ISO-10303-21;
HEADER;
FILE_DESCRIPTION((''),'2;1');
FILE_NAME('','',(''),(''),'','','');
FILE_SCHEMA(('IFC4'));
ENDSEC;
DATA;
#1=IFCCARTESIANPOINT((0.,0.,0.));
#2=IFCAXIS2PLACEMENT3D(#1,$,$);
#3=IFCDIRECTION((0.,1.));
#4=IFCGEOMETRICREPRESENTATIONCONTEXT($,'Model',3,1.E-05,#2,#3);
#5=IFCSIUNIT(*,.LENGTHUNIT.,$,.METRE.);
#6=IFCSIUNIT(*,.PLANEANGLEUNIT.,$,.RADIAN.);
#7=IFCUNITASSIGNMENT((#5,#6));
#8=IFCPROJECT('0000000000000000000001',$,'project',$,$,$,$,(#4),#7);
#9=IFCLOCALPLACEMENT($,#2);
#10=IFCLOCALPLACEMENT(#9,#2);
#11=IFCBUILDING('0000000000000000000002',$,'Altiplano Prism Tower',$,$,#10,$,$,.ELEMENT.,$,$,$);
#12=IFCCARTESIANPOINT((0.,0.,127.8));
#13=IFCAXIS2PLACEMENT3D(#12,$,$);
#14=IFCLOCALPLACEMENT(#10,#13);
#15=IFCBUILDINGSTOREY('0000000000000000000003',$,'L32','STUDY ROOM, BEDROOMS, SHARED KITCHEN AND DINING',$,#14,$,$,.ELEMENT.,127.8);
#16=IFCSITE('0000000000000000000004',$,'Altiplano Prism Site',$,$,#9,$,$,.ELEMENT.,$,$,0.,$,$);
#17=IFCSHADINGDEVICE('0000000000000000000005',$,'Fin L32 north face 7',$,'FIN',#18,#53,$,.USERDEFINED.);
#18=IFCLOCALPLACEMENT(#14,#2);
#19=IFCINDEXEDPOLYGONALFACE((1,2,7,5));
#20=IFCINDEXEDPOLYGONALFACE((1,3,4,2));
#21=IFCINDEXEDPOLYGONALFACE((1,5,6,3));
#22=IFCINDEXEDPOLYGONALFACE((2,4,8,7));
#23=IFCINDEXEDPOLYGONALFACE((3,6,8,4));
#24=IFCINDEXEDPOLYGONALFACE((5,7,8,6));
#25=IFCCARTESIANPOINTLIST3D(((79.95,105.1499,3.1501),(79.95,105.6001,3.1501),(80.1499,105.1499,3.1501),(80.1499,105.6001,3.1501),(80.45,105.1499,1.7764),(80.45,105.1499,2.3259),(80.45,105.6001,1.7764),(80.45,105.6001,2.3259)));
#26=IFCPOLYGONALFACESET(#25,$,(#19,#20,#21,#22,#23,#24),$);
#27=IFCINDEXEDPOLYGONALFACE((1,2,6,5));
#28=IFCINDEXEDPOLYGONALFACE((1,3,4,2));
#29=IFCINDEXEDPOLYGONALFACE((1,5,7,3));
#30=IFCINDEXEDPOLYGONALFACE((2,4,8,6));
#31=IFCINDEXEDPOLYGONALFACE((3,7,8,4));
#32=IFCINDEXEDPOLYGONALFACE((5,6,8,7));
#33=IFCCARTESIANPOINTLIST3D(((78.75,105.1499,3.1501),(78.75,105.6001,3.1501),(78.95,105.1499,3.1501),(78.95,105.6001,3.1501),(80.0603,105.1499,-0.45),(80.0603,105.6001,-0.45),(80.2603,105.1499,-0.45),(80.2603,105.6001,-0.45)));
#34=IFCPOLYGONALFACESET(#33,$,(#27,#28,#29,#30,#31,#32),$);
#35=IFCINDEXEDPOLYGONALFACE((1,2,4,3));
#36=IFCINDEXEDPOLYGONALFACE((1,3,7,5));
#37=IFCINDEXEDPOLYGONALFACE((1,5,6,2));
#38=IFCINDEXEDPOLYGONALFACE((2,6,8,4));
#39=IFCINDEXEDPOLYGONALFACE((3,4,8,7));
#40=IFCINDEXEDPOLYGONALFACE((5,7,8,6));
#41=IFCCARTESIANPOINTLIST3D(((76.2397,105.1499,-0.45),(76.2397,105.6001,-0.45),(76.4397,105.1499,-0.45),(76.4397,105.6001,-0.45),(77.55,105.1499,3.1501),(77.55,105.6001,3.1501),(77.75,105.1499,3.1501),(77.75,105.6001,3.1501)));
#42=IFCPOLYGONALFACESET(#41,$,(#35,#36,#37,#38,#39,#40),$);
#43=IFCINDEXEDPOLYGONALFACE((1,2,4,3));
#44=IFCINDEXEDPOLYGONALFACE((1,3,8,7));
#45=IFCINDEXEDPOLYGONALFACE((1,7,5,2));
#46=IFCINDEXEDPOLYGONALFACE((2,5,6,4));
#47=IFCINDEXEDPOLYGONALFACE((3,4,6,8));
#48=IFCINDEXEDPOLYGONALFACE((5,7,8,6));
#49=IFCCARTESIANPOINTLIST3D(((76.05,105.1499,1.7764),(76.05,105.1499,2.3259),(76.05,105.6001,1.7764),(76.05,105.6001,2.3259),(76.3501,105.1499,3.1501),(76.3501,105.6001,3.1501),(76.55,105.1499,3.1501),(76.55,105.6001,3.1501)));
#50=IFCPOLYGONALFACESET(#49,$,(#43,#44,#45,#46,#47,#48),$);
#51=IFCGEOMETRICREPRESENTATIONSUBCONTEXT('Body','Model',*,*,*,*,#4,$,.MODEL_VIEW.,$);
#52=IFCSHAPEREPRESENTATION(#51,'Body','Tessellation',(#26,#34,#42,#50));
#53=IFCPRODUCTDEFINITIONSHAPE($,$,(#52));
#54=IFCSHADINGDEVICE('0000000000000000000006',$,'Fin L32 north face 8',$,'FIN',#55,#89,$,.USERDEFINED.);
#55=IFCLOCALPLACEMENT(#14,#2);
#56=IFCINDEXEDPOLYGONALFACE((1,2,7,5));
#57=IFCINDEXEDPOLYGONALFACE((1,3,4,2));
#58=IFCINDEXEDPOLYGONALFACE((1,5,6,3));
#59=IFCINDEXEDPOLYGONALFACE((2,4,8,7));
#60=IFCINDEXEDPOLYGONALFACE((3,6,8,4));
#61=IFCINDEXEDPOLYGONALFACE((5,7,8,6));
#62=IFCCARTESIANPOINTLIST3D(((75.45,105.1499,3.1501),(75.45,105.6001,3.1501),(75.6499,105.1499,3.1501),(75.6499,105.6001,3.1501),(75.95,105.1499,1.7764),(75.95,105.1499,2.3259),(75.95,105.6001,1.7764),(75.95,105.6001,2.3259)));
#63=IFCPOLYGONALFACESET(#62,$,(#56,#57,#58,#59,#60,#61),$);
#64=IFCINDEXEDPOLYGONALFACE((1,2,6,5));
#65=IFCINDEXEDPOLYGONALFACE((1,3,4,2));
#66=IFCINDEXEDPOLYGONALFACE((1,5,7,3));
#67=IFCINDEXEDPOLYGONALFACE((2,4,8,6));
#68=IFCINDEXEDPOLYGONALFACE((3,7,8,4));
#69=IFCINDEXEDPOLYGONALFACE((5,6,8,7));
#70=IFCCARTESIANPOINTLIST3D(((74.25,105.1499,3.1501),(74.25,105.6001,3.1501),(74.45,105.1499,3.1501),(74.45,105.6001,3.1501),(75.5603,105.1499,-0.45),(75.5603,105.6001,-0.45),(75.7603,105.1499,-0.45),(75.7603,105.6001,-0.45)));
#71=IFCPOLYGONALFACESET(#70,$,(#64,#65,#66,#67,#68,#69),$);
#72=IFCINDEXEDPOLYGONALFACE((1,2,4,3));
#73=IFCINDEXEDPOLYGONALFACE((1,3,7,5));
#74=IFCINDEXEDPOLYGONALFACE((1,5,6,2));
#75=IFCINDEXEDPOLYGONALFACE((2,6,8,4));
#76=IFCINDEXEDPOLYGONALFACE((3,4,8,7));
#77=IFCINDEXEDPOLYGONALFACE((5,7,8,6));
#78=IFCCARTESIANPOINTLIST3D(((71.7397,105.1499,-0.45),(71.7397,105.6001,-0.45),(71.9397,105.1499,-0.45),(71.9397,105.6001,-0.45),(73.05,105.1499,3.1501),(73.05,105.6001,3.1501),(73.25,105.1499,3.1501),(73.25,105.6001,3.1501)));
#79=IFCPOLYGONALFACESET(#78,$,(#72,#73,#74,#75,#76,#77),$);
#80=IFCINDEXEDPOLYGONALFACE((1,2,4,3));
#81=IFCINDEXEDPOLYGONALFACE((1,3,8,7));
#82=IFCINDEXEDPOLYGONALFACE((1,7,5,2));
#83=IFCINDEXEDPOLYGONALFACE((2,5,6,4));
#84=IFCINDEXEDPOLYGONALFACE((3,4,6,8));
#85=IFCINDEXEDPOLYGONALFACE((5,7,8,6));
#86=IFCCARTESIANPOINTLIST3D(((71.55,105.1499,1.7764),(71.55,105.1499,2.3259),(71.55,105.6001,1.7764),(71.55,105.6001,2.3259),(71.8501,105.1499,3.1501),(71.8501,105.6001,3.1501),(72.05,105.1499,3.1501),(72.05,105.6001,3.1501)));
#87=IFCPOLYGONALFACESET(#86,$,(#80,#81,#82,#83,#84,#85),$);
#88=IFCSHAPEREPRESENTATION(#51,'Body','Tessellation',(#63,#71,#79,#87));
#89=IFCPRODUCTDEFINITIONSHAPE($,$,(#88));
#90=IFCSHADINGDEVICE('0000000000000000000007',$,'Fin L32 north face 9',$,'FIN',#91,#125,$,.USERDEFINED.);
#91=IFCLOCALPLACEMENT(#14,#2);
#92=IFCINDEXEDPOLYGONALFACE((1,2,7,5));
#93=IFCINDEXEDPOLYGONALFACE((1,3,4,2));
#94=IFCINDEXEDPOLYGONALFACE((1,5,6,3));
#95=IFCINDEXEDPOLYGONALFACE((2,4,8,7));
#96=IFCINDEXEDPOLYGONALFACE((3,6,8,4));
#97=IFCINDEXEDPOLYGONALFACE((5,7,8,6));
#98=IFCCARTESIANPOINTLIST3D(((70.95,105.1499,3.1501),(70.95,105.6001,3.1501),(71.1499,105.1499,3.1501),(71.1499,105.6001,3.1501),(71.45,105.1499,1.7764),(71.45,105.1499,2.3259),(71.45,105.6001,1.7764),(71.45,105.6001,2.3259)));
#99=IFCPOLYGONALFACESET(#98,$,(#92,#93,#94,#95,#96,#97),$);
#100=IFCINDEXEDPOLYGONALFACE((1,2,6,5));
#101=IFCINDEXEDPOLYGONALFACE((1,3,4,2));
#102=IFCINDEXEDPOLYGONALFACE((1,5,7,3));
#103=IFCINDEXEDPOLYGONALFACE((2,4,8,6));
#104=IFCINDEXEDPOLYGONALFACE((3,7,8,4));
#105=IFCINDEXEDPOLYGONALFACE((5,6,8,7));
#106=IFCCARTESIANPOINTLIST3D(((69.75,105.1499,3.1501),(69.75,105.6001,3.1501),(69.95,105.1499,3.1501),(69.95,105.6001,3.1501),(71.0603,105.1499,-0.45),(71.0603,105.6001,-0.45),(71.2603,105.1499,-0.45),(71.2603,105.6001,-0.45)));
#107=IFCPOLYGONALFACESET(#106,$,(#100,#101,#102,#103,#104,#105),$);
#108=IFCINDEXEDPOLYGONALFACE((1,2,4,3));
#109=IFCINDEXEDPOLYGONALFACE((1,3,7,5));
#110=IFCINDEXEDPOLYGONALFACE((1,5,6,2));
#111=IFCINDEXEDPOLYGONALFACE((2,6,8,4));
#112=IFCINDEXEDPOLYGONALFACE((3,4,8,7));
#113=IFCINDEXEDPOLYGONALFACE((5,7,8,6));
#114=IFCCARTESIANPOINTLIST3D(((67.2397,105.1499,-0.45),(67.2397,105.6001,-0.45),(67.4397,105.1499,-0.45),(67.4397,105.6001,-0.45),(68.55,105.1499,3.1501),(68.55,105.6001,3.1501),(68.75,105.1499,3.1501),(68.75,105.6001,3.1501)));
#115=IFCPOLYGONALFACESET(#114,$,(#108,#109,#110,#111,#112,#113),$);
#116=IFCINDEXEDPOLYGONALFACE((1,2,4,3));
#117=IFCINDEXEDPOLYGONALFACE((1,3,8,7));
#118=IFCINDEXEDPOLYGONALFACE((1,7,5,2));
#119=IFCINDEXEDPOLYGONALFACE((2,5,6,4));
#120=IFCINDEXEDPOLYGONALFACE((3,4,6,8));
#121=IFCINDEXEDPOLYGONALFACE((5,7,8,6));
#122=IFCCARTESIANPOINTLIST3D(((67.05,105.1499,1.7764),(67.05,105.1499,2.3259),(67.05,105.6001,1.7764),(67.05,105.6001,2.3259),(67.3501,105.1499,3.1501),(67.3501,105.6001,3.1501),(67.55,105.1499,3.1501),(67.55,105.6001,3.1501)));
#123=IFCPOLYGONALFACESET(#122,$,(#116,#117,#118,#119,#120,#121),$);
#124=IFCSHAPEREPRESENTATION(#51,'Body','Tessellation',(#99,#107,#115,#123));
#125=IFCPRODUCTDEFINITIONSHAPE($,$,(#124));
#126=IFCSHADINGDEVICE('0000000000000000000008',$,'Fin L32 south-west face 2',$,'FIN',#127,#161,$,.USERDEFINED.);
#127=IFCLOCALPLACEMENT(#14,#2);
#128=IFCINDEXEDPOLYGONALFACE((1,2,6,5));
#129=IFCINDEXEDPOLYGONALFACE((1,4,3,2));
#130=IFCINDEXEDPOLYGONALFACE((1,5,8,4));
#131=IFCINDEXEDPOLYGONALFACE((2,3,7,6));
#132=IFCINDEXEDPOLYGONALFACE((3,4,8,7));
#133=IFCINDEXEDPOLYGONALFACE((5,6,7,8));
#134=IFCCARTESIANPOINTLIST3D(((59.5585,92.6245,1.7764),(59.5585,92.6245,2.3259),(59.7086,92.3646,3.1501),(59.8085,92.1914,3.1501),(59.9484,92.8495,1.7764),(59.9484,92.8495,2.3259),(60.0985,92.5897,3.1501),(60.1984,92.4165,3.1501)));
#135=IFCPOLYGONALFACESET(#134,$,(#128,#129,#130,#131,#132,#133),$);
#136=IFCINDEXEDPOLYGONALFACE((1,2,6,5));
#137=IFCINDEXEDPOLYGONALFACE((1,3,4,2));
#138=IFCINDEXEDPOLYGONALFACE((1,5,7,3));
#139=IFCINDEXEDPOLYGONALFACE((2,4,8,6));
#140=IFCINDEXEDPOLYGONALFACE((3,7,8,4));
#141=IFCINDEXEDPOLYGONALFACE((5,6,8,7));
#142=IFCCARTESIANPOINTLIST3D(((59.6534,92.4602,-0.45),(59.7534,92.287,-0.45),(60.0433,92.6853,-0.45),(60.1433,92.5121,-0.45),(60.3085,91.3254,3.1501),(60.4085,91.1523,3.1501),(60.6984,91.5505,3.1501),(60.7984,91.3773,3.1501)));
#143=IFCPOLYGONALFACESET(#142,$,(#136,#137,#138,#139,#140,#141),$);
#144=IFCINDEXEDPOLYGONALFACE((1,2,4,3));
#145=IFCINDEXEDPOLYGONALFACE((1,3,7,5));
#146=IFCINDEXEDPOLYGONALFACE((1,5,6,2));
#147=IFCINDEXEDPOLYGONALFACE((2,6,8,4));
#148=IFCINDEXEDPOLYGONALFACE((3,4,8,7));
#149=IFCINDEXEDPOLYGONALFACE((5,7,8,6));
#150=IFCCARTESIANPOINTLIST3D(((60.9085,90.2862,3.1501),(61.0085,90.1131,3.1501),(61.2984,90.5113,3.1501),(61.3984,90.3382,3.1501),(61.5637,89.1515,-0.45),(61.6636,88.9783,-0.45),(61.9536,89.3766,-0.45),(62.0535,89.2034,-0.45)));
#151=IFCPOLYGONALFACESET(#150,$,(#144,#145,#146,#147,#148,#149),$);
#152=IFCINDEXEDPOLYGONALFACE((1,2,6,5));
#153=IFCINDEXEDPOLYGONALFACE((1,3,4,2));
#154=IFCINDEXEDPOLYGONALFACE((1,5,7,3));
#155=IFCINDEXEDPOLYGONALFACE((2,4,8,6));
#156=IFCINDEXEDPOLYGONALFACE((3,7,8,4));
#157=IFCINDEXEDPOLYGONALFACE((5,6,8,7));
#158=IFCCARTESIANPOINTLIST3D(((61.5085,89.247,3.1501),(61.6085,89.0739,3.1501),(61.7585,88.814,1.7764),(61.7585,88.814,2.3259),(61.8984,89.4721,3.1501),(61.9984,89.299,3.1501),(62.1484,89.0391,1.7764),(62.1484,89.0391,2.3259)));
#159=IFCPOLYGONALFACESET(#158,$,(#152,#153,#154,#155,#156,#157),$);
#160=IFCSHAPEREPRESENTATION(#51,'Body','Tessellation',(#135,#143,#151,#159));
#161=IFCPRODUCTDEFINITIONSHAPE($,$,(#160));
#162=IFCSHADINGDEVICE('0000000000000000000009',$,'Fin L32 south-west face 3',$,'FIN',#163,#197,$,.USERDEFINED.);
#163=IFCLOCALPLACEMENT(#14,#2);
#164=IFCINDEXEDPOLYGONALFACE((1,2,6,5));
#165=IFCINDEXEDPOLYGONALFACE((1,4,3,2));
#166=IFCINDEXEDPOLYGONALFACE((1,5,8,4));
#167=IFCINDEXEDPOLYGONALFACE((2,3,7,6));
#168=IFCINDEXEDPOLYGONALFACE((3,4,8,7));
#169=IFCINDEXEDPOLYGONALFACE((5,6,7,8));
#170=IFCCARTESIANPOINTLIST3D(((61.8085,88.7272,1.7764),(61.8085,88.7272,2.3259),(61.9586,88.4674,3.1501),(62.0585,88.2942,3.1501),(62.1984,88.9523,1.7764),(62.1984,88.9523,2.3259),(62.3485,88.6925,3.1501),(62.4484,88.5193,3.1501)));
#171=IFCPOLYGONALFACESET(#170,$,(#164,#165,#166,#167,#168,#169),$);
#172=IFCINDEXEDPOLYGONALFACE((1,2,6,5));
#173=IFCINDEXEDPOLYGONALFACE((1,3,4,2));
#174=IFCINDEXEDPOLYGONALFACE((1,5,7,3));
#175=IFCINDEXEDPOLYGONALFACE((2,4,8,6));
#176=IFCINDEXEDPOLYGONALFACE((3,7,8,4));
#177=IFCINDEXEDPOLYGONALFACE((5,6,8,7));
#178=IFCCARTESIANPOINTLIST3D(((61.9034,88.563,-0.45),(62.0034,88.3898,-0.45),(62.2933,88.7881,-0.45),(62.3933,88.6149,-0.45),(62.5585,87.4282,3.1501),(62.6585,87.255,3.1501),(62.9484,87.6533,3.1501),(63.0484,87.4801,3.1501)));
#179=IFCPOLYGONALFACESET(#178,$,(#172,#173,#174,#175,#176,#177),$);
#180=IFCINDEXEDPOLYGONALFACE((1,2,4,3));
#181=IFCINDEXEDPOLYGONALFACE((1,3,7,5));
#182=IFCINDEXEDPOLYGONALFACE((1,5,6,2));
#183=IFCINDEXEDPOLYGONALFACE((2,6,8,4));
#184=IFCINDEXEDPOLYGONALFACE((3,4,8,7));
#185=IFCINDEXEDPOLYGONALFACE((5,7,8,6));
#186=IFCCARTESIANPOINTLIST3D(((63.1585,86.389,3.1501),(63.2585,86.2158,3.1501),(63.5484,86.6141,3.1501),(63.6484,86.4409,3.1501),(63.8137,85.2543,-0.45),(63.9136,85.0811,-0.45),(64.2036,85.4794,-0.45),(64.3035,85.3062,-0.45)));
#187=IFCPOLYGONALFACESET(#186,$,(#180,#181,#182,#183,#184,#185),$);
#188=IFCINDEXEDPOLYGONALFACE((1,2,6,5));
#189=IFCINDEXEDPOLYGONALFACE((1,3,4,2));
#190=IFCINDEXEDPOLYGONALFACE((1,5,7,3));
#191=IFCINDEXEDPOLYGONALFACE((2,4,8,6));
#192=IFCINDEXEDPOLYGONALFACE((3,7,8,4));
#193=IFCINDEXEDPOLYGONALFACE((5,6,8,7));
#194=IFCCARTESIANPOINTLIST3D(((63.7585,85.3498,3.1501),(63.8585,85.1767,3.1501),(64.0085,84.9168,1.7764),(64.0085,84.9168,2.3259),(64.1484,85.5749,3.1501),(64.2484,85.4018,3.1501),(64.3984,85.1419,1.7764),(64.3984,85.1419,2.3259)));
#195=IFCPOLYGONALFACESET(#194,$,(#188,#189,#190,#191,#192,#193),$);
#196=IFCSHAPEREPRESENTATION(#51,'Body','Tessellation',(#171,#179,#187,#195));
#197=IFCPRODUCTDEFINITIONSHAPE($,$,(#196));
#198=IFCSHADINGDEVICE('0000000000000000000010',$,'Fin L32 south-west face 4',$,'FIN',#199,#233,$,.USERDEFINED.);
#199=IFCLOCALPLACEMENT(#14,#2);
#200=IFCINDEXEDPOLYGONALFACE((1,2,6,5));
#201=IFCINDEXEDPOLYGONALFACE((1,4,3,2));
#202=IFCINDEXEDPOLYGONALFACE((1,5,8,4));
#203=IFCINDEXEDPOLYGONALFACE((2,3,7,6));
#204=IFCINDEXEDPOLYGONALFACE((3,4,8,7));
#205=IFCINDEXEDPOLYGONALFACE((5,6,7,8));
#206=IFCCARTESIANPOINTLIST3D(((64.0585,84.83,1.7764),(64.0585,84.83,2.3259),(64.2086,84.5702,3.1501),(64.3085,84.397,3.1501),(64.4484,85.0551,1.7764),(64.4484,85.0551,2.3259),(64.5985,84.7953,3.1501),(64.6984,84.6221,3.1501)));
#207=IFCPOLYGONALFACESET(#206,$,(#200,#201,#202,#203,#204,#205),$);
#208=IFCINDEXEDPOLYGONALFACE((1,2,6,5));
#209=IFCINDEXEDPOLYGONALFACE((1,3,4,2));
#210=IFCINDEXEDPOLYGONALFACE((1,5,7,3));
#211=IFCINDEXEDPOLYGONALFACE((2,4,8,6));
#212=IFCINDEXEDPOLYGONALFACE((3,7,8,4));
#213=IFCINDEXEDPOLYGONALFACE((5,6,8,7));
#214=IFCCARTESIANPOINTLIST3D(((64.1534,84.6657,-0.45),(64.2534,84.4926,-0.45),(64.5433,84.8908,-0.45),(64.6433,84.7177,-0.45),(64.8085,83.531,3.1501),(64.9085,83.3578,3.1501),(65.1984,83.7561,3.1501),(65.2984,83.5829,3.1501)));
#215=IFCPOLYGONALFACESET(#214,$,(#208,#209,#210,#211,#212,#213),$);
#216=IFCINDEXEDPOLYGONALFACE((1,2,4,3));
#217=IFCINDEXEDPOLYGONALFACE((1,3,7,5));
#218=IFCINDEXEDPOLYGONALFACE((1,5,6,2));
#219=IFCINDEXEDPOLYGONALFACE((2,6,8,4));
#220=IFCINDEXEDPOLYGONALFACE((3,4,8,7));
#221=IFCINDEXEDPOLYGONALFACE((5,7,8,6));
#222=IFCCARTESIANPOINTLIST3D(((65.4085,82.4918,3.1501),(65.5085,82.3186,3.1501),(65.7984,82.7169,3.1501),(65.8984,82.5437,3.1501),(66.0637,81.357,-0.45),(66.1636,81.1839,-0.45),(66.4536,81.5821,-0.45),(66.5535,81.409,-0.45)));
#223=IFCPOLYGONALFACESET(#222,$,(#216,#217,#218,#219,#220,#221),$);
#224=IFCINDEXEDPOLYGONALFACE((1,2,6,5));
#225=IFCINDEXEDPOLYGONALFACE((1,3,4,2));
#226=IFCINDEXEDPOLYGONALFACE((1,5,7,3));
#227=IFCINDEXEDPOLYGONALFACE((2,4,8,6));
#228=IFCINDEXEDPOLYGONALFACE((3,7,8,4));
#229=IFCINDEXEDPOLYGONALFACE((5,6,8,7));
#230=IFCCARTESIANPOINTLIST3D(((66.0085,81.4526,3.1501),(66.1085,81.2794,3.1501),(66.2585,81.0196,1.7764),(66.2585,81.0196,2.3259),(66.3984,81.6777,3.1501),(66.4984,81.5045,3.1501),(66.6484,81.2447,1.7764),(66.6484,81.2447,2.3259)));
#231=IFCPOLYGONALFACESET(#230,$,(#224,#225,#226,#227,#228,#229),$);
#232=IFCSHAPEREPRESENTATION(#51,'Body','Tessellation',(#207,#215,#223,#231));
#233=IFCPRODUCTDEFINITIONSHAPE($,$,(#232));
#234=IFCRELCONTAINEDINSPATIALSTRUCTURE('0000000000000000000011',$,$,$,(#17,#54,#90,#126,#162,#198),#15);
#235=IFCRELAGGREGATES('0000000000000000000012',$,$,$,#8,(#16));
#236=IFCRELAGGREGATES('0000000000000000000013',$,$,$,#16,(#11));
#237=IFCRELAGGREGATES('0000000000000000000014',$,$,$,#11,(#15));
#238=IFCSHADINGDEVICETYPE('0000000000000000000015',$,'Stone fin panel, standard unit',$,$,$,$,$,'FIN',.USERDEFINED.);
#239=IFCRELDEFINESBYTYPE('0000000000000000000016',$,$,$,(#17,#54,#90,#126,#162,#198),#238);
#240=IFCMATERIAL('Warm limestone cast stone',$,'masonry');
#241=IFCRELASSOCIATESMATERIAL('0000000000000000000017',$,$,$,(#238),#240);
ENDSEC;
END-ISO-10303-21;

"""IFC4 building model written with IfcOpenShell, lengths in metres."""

from ifc_helpers import new_model, si_unit, direction, frame, origin, place, context, subcontext, project, spatial, polyline, outline, extrude, source, transform, mapped, material, type_object, element, save


model = new_model("IFC4")

# Units and contexts
model_context = context("Model", 3, precision=1e-05, world=origin(), true_north=direction((0.0, 1.0)))
body_context = subcontext(model_context, "Body", "Model", "MODEL_VIEW")
ifc_project = project(units=[si_unit("LENGTHUNIT", "METRE"), si_unit("PLANEANGLEUNIT", "RADIAN")], contexts=[model_context])

# Site, building, storey
site_placement = place(None, origin())
site = spatial("IfcSite", under=ifc_project, at=site_placement, Name="Altiplano Prism Site", CompositionType="ELEMENT", RefElevation=0.0)
building_placement = place(site_placement, origin())
building = spatial("IfcBuilding", under=site, at=building_placement, Name="Altiplano Prism Tower", CompositionType="ELEMENT")
storey_placement = place(building_placement, frame((0.0, 0.0, 127.8)))
storey = spatial("IfcBuildingStorey", under=building, at=storey_placement, Name="L32", Description="STUDY ROOM, BEDROOMS, SHARED KITCHEN AND DINING", CompositionType="ELEMENT", Elevation=127.8)

# Shading devices
ifc_material_1 = material(Name="Warm limestone cast stone", Category="masonry")
shading_device_type_1 = type_object("IfcShadingDeviceType", Name="Stone fin panel, standard unit", ElementType="FIN", PredefinedType="USERDEFINED", material=ifc_material_1)
shared_shape_1 = source(origin(), body_context, "Body", "SweptSolid", [
    extrude(outline(polyline([(-2.2, 2.2263), (-1.7, 3.6001), (-1.8999, 3.6001), (-2.2, 2.7759), (-2.2, 2.2263)])), frame((0.0, -0.1499, 0.0), z_axis=(0.0, -1.0, 0.0), x_axis=(1.0, 0.0, 0.0)), (0.0, 0.0, 1.0), 0.4502),
    extrude(outline(polyline([(-2.0103, 0.0), (-1.8103, 0.0), (-0.5, 3.6001), (-0.7, 3.6001), (-2.0103, 0.0)])), frame((0.0, -0.1499, 0.0), z_axis=(0.0, -1.0, 0.0), x_axis=(1.0, 0.0, 0.0)), (0.0, 0.0, 1.0), 0.4502),
    extrude(outline(polyline([(1.8103, 0.0), (2.0103, 0.0), (0.7, 3.6001), (0.5, 3.6001), (1.8103, 0.0)])), frame((0.0, -0.1499, 0.0), z_axis=(0.0, -1.0, 0.0), x_axis=(1.0, 0.0, 0.0)), (0.0, 0.0, 1.0), 0.4502),
    extrude(outline(polyline([(2.2, 2.7759), (1.8999, 3.6001), (1.7, 3.6001), (2.2, 2.2263), (2.2, 2.7759)])), frame((0.0, -0.1499, 0.0), z_axis=(0.0, -1.0, 0.0), x_axis=(1.0, 0.0, 0.0)), (0.0, 0.0, 1.0), 0.4502),
])
shading_device_1_placement = place(storey_placement, origin())
element("IfcShadingDevice", 1, at=shading_device_1_placement, inside=storey, type_object=shading_device_type_1, Name="Fin L32 north face 7", ObjectType="FIN", PredefinedType="USERDEFINED", context=body_context, shape_type="MappedRepresentation", body=[
    mapped(shared_shape_1, transform((78.25, 105.0, -0.45), x_axis=(-1.0, 0.0, 0.0), y_axis=(0.0, -1.0, 0.0), z_axis=(0.0, 0.0, 1.0))),
])
shading_device_2_placement = place(storey_placement, origin())
element("IfcShadingDevice", 2, at=shading_device_2_placement, inside=storey, type_object=shading_device_type_1, Name="Fin L32 north face 8", ObjectType="FIN", PredefinedType="USERDEFINED", context=body_context, shape_type="MappedRepresentation", body=[
    mapped(shared_shape_1, transform((73.75, 105.0, -0.45), x_axis=(-1.0, 0.0, 0.0), y_axis=(0.0, -1.0, 0.0), z_axis=(0.0, 0.0, 1.0))),
])
shading_device_3_placement = place(storey_placement, origin())
element("IfcShadingDevice", 3, at=shading_device_3_placement, inside=storey, type_object=shading_device_type_1, Name="Fin L32 north face 9", ObjectType="FIN", PredefinedType="USERDEFINED", context=body_context, shape_type="MappedRepresentation", body=[
    mapped(shared_shape_1, transform((69.25, 105.0, -0.45), x_axis=(-1.0, 0.0, 0.0), y_axis=(0.0, -1.0, 0.0), z_axis=(0.0, 0.0, 1.0))),
])
shading_device_4_placement = place(storey_placement, origin())
element("IfcShadingDevice", 4, at=shading_device_4_placement, inside=storey, type_object=shading_device_type_1, Name="Fin L32 south-west face 2", ObjectType="FIN", PredefinedType="USERDEFINED", context=body_context, shape_type="MappedRepresentation", body=[
    mapped(shared_shape_1, transform((61.1782, 91.0193, -0.45), x_axis=(0.5, -0.866025, 0.0), y_axis=(0.866025, 0.5, 0.0), z_axis=(0.0, 0.0, 1.0))),
])
shading_device_5_placement = place(storey_placement, origin())
element("IfcShadingDevice", 5, at=shading_device_5_placement, inside=storey, type_object=shading_device_type_1, Name="Fin L32 south-west face 3", ObjectType="FIN", PredefinedType="USERDEFINED", context=body_context, shape_type="MappedRepresentation", body=[
    mapped(shared_shape_1, transform((63.4282, 87.1221, -0.45), x_axis=(0.5, -0.866025, 0.0), y_axis=(0.866025, 0.5, 0.0), z_axis=(0.0, 0.0, 1.0))),
])
shading_device_6_placement = place(storey_placement, origin())
element("IfcShadingDevice", 6, at=shading_device_6_placement, inside=storey, type_object=shading_device_type_1, Name="Fin L32 south-west face 4", ObjectType="FIN", PredefinedType="USERDEFINED", context=body_context, shape_type="MappedRepresentation", body=[
    mapped(shared_shape_1, transform((65.6782, 83.2249, -0.45), x_axis=(0.5, -0.866025, 0.0), y_axis=(0.866025, 0.5, 0.0), z_axis=(0.0, 0.0, 1.0))),
])

save(model, "model.ifc")
